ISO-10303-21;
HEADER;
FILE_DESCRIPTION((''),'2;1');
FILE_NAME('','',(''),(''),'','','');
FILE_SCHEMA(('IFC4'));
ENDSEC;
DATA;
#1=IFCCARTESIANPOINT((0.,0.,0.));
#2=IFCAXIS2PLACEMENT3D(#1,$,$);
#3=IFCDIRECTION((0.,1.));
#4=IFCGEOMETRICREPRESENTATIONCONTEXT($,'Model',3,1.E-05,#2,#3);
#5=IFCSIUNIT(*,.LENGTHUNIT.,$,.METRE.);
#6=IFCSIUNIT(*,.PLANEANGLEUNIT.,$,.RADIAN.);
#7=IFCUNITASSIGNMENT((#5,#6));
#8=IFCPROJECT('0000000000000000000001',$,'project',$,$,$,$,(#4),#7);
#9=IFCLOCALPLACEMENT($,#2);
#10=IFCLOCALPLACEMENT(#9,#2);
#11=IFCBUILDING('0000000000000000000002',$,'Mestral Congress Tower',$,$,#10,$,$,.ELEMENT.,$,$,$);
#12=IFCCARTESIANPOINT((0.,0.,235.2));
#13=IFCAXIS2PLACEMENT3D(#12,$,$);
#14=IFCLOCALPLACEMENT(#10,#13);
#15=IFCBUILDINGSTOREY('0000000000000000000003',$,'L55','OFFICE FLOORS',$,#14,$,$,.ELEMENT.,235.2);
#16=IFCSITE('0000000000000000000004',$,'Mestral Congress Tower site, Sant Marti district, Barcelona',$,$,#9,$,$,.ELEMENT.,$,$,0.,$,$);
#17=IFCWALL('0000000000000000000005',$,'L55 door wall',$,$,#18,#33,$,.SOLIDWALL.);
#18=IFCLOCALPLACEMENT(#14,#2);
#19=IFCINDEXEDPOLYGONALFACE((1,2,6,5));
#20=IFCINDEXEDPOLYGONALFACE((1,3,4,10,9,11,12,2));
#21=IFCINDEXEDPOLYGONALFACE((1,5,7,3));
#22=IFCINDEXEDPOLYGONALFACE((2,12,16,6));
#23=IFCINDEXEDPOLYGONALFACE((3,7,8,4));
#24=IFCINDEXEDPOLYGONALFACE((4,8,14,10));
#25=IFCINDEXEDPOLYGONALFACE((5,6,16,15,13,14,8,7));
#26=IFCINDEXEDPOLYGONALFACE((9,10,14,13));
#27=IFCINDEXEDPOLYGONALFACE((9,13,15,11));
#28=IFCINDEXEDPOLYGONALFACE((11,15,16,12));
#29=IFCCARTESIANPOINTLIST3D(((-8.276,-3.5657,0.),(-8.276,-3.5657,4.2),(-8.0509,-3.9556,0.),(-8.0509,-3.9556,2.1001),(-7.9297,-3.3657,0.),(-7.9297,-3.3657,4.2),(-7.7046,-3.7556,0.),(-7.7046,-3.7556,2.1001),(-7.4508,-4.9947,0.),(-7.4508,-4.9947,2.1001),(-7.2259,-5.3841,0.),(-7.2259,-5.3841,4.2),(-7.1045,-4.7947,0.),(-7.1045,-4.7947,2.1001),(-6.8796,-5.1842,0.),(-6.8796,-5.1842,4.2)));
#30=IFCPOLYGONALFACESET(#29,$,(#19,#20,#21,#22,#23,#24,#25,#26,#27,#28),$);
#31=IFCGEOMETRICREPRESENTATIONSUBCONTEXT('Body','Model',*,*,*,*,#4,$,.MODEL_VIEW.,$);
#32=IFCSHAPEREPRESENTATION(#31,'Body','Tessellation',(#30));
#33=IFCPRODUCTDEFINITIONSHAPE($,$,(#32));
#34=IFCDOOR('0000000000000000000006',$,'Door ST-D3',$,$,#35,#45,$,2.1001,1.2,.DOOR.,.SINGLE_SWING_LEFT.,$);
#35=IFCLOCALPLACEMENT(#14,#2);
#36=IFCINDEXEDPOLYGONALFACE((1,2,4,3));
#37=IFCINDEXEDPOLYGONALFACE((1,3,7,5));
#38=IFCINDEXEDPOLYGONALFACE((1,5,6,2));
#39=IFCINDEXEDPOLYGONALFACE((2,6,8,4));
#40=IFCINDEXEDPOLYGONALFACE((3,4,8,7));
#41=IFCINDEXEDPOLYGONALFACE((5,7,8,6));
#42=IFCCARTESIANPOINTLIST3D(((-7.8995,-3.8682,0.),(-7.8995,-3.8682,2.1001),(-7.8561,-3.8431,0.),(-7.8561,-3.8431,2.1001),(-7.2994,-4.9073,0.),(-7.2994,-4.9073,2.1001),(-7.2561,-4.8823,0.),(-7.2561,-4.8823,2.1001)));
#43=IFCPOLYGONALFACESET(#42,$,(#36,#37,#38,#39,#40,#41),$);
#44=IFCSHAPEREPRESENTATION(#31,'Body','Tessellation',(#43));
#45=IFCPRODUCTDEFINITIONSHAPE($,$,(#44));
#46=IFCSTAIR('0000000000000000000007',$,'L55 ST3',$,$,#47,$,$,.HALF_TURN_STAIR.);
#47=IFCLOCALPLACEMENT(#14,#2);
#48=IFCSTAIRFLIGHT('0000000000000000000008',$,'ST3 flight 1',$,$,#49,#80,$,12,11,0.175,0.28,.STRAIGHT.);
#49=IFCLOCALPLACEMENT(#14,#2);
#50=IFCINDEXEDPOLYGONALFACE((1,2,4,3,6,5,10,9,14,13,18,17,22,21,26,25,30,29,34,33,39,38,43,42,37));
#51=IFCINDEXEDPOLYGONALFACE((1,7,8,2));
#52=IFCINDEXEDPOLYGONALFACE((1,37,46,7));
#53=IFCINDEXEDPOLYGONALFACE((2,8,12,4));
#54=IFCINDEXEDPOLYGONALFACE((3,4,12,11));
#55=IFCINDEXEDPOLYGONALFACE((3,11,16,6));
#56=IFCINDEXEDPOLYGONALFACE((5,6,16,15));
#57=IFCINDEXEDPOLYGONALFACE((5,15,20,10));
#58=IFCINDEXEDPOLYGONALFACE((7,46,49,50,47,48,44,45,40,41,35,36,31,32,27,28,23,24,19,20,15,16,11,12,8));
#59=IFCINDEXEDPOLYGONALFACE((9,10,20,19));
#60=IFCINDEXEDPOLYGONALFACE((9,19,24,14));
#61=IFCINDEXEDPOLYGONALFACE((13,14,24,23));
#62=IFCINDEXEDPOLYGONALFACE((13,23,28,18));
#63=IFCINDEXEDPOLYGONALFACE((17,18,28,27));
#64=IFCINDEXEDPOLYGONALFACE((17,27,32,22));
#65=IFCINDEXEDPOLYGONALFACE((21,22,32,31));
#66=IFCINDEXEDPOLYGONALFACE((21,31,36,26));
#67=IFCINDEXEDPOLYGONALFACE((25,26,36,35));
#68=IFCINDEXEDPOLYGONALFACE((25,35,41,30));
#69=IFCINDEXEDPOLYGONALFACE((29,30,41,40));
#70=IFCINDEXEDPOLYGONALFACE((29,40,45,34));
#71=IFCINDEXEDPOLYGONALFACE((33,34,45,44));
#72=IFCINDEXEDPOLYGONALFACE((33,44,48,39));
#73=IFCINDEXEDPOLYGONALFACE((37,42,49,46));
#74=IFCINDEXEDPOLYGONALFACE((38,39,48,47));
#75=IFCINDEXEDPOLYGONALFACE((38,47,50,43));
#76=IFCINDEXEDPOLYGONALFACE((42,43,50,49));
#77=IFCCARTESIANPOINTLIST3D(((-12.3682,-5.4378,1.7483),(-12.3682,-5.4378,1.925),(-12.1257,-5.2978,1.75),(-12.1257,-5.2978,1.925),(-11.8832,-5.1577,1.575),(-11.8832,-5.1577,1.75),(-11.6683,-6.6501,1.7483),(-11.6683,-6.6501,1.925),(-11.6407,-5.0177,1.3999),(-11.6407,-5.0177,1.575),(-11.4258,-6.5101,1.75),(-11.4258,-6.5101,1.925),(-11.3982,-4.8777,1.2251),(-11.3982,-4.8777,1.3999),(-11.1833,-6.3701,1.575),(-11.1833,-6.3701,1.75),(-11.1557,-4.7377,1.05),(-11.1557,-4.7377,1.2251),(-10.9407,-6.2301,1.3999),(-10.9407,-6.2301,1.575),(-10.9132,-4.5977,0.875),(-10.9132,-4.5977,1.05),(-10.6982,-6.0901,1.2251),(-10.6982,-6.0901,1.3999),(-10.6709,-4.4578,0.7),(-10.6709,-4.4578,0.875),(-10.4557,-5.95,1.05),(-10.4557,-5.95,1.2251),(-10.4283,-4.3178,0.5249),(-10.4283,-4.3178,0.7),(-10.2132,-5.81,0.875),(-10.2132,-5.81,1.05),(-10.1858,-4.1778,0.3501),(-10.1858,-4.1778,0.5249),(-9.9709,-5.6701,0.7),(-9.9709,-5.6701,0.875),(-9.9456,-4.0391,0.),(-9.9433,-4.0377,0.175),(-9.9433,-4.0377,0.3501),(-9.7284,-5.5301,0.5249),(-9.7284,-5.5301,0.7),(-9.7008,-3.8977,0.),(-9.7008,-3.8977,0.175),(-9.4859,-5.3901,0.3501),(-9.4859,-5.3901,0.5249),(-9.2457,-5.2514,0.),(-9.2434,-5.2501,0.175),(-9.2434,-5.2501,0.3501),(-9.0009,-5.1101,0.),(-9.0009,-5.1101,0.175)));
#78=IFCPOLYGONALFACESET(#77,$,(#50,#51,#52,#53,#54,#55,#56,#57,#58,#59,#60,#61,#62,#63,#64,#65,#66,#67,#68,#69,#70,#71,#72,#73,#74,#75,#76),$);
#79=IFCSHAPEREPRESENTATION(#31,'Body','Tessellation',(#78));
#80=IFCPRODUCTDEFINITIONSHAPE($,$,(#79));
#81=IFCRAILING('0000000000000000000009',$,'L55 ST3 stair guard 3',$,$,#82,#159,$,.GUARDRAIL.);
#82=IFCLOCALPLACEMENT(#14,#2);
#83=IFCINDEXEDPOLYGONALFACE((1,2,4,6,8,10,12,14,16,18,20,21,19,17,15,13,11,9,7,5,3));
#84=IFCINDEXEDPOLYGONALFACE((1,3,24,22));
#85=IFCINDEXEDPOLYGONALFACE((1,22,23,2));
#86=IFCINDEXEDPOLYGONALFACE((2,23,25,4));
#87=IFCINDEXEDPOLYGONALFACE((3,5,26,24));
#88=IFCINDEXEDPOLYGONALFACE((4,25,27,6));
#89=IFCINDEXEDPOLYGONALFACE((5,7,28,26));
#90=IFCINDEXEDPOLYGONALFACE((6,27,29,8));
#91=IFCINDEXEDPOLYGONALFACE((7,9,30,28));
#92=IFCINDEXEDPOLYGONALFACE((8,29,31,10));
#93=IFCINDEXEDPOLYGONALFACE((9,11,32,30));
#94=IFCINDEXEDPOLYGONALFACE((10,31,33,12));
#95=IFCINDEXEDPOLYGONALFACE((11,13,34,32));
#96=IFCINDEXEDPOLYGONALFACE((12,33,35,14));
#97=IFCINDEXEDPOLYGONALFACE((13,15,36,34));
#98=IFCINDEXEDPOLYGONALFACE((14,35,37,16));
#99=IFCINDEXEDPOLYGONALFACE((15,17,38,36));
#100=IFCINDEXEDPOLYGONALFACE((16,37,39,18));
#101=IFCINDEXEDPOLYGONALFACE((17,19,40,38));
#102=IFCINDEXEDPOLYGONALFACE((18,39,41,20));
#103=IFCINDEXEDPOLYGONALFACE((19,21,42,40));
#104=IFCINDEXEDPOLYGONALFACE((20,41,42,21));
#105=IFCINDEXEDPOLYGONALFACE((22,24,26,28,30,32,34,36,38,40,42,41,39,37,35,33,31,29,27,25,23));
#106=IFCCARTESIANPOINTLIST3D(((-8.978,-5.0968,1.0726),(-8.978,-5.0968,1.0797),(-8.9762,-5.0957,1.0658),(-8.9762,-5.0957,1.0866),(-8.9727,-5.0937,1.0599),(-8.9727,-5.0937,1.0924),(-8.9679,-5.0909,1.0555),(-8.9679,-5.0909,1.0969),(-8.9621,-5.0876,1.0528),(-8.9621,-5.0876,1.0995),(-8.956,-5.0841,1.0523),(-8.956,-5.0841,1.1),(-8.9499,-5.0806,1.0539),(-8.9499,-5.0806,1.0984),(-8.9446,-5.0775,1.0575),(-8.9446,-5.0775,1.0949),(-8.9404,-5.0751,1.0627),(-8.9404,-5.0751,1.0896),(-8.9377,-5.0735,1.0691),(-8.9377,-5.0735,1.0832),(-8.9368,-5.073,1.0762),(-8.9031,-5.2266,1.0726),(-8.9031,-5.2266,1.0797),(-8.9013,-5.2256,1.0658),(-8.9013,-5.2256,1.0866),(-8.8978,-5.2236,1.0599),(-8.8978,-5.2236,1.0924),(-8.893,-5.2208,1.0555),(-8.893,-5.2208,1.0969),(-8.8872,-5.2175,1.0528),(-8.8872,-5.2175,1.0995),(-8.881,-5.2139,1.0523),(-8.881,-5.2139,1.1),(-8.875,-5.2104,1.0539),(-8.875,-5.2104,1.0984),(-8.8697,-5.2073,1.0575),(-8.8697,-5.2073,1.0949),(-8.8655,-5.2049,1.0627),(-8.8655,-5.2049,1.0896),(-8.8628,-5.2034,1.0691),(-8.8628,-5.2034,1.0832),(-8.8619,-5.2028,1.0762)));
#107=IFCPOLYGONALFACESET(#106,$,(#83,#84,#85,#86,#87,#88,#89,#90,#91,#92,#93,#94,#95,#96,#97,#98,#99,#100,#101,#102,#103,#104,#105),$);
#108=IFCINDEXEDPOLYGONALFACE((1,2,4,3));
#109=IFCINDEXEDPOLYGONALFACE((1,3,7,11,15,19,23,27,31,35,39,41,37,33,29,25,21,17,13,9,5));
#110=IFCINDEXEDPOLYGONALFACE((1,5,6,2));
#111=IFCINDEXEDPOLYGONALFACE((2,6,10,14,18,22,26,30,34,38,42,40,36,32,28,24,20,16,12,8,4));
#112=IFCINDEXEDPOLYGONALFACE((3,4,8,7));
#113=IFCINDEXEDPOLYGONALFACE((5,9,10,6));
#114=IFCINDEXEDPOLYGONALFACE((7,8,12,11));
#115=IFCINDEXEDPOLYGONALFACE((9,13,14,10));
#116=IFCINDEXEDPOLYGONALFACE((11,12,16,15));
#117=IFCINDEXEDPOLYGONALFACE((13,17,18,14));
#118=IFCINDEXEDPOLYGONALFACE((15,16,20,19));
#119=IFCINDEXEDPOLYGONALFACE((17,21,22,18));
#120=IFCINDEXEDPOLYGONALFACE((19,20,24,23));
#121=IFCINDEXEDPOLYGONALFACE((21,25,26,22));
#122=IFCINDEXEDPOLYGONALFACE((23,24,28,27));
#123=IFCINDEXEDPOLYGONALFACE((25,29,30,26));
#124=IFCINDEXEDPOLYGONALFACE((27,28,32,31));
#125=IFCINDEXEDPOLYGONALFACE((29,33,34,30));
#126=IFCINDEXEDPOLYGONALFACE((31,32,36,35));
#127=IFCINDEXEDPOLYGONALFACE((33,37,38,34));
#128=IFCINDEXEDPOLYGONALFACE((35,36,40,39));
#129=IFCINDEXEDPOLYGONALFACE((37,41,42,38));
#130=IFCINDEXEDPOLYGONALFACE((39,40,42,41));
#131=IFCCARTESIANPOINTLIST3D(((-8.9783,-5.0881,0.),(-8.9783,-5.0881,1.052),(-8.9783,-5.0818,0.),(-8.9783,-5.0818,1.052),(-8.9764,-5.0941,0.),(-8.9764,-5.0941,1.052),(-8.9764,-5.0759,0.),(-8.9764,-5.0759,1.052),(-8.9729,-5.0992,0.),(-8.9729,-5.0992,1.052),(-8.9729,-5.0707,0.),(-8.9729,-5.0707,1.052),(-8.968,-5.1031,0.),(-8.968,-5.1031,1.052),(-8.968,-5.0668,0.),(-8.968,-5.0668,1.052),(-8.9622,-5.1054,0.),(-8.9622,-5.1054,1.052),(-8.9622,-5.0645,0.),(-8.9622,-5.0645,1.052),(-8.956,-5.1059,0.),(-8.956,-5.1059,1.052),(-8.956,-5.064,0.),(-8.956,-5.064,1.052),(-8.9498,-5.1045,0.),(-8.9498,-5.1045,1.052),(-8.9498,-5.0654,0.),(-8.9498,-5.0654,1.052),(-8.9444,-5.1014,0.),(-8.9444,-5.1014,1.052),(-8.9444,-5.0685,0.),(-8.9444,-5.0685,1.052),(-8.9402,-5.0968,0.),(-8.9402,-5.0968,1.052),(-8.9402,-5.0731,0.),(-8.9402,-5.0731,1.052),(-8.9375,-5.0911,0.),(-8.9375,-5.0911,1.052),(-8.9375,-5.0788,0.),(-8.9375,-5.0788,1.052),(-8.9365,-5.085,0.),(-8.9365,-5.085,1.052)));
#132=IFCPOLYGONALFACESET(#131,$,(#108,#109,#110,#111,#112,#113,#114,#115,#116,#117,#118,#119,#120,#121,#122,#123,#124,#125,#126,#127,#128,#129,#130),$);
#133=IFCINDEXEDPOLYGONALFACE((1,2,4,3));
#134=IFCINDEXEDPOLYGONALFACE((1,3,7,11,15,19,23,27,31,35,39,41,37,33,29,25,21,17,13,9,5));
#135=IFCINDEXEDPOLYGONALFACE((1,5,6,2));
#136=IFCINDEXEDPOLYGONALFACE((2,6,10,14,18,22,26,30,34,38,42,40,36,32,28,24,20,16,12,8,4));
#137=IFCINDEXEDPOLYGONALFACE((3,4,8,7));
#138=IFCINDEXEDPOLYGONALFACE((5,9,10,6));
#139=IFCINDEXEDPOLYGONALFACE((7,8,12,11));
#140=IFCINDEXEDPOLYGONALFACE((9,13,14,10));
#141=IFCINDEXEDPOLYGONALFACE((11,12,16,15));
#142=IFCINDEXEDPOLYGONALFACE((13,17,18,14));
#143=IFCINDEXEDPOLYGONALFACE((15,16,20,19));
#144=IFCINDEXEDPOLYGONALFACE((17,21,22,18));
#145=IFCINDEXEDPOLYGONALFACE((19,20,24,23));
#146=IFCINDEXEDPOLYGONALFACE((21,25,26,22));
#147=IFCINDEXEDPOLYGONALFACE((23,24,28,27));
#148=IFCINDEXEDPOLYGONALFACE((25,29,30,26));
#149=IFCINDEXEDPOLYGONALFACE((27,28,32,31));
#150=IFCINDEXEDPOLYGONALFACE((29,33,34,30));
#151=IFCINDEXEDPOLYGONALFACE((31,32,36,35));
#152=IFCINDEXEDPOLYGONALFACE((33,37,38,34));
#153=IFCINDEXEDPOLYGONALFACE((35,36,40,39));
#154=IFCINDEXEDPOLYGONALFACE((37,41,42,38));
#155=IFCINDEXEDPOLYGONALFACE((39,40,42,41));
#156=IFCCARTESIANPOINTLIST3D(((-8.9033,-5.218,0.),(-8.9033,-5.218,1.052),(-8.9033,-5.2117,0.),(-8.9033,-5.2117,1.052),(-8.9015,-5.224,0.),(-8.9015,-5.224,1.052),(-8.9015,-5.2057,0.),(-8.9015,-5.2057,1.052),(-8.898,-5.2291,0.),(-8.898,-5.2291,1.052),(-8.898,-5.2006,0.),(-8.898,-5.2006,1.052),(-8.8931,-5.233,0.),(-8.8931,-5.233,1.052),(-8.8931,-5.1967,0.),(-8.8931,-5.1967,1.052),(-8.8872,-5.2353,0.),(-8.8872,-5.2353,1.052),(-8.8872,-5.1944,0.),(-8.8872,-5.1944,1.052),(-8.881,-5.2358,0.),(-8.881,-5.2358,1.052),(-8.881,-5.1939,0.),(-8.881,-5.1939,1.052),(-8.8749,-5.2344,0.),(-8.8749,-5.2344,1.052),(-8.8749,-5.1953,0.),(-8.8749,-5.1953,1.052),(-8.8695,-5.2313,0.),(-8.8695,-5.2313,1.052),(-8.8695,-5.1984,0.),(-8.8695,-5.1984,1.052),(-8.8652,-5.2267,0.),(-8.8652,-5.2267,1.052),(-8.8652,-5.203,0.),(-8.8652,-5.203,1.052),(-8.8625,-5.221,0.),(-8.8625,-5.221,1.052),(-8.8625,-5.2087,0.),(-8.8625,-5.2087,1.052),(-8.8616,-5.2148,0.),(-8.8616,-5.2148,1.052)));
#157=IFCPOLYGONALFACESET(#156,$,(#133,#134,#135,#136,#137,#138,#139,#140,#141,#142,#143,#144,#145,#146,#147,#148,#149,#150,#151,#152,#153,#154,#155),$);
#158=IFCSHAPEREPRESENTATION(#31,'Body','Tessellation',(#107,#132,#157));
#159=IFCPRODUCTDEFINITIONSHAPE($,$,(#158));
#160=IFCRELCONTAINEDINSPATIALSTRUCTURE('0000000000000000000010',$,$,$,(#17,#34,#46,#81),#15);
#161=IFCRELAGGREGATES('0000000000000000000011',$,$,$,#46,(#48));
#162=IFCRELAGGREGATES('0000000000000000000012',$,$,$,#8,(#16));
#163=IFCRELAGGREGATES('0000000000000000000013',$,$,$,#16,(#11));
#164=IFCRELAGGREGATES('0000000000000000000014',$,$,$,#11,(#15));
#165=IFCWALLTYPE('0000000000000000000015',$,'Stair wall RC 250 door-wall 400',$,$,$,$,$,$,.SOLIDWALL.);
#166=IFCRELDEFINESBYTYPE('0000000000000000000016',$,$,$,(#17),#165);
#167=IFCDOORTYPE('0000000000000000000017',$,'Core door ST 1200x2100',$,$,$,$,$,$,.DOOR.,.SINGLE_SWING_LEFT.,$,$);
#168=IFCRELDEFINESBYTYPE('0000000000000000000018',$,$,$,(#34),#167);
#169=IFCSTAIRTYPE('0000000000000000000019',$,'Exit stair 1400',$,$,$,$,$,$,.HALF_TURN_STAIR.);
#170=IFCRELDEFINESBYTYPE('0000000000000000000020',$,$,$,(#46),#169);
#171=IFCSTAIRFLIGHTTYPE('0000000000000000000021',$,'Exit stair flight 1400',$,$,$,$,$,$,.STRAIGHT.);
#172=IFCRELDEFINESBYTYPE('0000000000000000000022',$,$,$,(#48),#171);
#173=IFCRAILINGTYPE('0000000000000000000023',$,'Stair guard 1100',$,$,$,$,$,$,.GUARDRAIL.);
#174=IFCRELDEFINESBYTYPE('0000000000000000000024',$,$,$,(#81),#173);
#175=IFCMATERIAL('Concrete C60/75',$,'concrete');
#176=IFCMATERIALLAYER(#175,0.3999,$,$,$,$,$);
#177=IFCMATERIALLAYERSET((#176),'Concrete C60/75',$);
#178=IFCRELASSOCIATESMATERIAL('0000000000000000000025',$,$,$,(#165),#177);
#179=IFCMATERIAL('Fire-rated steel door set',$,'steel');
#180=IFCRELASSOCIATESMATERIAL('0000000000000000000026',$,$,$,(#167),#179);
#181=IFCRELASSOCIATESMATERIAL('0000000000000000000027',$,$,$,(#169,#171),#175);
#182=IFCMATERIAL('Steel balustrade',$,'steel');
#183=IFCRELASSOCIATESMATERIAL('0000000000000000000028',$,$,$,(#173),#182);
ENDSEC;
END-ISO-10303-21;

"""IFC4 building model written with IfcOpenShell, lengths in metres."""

from ifc_helpers import new_model, si_unit, direction, frame, frame_2d, origin, origin_2d, place, context, subcontext, project, spatial, polyline, rectangle, circle, outline, extrude, material, layer, layer_set, type_object, element, fill, aggregate, save


model = new_model("IFC4")

# Units and contexts
model_context = context("Model", 3, precision=1e-05, world=origin(), true_north=direction((0.0, 1.0)))
body_context = subcontext(model_context, "Body", "Model", "MODEL_VIEW")
ifc_project = project(units=[si_unit("LENGTHUNIT", "METRE"), si_unit("PLANEANGLEUNIT", "RADIAN")], contexts=[model_context])

# Site, building, storey
site_placement = place(None, origin())
site = spatial("IfcSite", under=ifc_project, at=site_placement, Name="Mestral Congress Tower site, Sant Marti district, Barcelona", CompositionType="ELEMENT", RefElevation=0.0)
building_placement = place(site_placement, origin())
building = spatial("IfcBuilding", under=site, at=building_placement, Name="Mestral Congress Tower", CompositionType="ELEMENT")
storey_placement = place(building_placement, frame((0.0, 0.0, 235.2)))
storey = spatial("IfcBuildingStorey", under=building, at=storey_placement, Name="L55", Description="OFFICE FLOORS", CompositionType="ELEMENT", Elevation=235.2)

# Shared definitions
ifc_material_1 = material(Name="Fire-rated steel door set", Category="steel")

# Shared definitions
ifc_material_2 = material(Name="Concrete C60/75", Category="concrete")

# Wall, opening, door
ifc_layer_1 = layer(ifc_material_2, 0.3999)
ifc_layer_set_1 = layer_set([ifc_layer_1], Name="Concrete C60/75")
wall_type_1 = type_object("IfcWallType", Name="Stair wall RC 250 door-wall 400", PredefinedType="SOLIDWALL", material=ifc_layer_set_1)
wall_1_placement = place(storey_placement, frame((-8.1028, -3.4658, 0.0), z_axis=(0.0, 0.0, 1.0), x_axis=(0.500078, -0.86598, 0.0)))
wall_1 = element("IfcWall", 1, at=wall_1_placement, inside=storey, type_object=wall_type_1, Name="L55 door wall", PredefinedType="SOLIDWALL", context=body_context, shape_type="SweptSolid", body=[
    extrude(rectangle(XDim=2.0999, YDim=0.3999, at=frame_2d((1.0498, 0.0))), origin(), (0.0, 0.0, 1.0), 4.2),
])
opening_1_placement = place(wall_1_placement, frame((0.45, 0.0, 0.0)))
opening_1 = element("IfcOpeningElement", 2, at=opening_1_placement, cuts=wall_1, PredefinedType="OPENING", context=body_context, shape_type="SweptSolid", body=[
    extrude(rectangle(XDim=1.2, YDim=2.1001, at=frame_2d((0.6001, 1.05))), frame((0.0, 0.21, 0.0), z_axis=(0.0, -1.0, 0.0), x_axis=(1.0, 0.0, 0.0)), (0.0, 0.0, 1.0), 0.4199),
])
door_type_1 = type_object("IfcDoorType", Name="Core door ST 1200x2100", OperationType="SINGLE_SWING_LEFT", PredefinedType="DOOR", material=ifc_material_1)
door_1_placement = place(opening_1_placement, origin())
door_1 = element("IfcDoor", 3, at=door_1_placement, inside=storey, type_object=door_type_1, Name="Door ST-D3", OperationType="SINGLE_SWING_LEFT", OverallHeight=2.1001, OverallWidth=1.2, PredefinedType="DOOR", context=body_context, shape_type="SweptSolid", body=[
    extrude(rectangle(XDim=1.2, YDim=2.1001, at=frame_2d((0.6001, 1.05))), frame((0.0, 0.0249, 0.0), z_axis=(0.0, -1.0, 0.0), x_axis=(1.0, 0.0, 0.0)), (0.0, 0.0, 1.0), 0.05),
])
fill(opening_1, door_1)

# Stair, stair flight
stair_type = type_object("IfcStairType", Name="Exit stair 1400", PredefinedType="HALF_TURN_STAIR", material=ifc_material_2)
stair_placement = place(storey_placement, origin())
stair = element("IfcStair", 4, at=stair_placement, inside=storey, type_object=stair_type, Name="L55 ST3", PredefinedType="HALF_TURN_STAIR")
stair_flight_type = type_object("IfcStairFlightType", Name="Exit stair flight 1400", PredefinedType="STRAIGHT", material=ifc_material_2)
stair_flight_placement = place(storey_placement, frame((-9.3508, -4.5039, 0.0), z_axis=(0.0, 0.0, 1.0), x_axis=(-0.866025, -0.5, 0.0)))
stair_flight = element("IfcStairFlight", 5, at=stair_flight_placement, type_object=stair_flight_type, Name="ST3 flight 1", NumberOfRisers=12, NumberOfTreads=11, PredefinedType="STRAIGHT", RiserHeight=0.175, TreadLength=0.28, context=body_context, shape_type="SweptSolid", body=[
    extrude(outline(polyline([(0.0, 0.0), (0.0, 0.175), (0.28, 0.175), (0.28, 0.3501), (0.5601, 0.3501), (0.5601, 0.5249), (0.8401, 0.5249), (0.8401, 0.7), (1.1201, 0.7), (1.1201, 0.875), (1.3999, 0.875), (1.3999, 1.05), (1.6799, 1.05), (1.6799, 1.2251), (1.96, 1.2251), (1.96, 1.3999), (2.24, 1.3999), (2.24, 1.575), (2.52, 1.575), (2.52, 1.75), (2.8, 1.75), (2.8, 1.925), (3.0801, 1.925), (3.0801, 2.1001), (3.0801, 1.7483), (0.2827, 0.0), (0.0, 0.0)])), frame((0.0, 0.7, 0.0), z_axis=(0.0, -1.0, 0.0), x_axis=(1.0, 0.0, 0.0)), (0.0, 0.0, 1.0), 1.3999),
])
aggregate(stair, [stair_flight])

# Railing
ifc_material_3 = material(Name="Steel balustrade", Category="steel")
railing_type_1 = type_object("IfcRailingType", Name="Stair guard 1100", PredefinedType="GUARDRAIL", material=ifc_material_3)
railing_1_placement = place(storey_placement, frame((-8.9575, -5.085, 0.0)))
element("IfcRailing", 6, at=railing_1_placement, inside=storey, type_object=railing_type_1, Name="L55 ST3 stair guard 3", PredefinedType="GUARDRAIL", context=body_context, shape_type="SweptSolid", body=[
    extrude(circle(Radius=0.0239, at=origin_2d()), frame((0.0, 0.0, 1.0762), z_axis=(0.499816, -0.866131, 0.0), x_axis=(0.866131, 0.499816, 0.0)), (0.0, 0.0, 1.0), 0.1499),
    extrude(circle(Radius=0.021, at=origin_2d()), origin(), (0.0, 0.0, 1.0), 1.052),
    extrude(circle(Radius=0.021, at=origin_2d()), frame((0.075, -0.1299, 0.0)), (0.0, 0.0, 1.0), 1.052),
])

save(model, "model.ifc")
